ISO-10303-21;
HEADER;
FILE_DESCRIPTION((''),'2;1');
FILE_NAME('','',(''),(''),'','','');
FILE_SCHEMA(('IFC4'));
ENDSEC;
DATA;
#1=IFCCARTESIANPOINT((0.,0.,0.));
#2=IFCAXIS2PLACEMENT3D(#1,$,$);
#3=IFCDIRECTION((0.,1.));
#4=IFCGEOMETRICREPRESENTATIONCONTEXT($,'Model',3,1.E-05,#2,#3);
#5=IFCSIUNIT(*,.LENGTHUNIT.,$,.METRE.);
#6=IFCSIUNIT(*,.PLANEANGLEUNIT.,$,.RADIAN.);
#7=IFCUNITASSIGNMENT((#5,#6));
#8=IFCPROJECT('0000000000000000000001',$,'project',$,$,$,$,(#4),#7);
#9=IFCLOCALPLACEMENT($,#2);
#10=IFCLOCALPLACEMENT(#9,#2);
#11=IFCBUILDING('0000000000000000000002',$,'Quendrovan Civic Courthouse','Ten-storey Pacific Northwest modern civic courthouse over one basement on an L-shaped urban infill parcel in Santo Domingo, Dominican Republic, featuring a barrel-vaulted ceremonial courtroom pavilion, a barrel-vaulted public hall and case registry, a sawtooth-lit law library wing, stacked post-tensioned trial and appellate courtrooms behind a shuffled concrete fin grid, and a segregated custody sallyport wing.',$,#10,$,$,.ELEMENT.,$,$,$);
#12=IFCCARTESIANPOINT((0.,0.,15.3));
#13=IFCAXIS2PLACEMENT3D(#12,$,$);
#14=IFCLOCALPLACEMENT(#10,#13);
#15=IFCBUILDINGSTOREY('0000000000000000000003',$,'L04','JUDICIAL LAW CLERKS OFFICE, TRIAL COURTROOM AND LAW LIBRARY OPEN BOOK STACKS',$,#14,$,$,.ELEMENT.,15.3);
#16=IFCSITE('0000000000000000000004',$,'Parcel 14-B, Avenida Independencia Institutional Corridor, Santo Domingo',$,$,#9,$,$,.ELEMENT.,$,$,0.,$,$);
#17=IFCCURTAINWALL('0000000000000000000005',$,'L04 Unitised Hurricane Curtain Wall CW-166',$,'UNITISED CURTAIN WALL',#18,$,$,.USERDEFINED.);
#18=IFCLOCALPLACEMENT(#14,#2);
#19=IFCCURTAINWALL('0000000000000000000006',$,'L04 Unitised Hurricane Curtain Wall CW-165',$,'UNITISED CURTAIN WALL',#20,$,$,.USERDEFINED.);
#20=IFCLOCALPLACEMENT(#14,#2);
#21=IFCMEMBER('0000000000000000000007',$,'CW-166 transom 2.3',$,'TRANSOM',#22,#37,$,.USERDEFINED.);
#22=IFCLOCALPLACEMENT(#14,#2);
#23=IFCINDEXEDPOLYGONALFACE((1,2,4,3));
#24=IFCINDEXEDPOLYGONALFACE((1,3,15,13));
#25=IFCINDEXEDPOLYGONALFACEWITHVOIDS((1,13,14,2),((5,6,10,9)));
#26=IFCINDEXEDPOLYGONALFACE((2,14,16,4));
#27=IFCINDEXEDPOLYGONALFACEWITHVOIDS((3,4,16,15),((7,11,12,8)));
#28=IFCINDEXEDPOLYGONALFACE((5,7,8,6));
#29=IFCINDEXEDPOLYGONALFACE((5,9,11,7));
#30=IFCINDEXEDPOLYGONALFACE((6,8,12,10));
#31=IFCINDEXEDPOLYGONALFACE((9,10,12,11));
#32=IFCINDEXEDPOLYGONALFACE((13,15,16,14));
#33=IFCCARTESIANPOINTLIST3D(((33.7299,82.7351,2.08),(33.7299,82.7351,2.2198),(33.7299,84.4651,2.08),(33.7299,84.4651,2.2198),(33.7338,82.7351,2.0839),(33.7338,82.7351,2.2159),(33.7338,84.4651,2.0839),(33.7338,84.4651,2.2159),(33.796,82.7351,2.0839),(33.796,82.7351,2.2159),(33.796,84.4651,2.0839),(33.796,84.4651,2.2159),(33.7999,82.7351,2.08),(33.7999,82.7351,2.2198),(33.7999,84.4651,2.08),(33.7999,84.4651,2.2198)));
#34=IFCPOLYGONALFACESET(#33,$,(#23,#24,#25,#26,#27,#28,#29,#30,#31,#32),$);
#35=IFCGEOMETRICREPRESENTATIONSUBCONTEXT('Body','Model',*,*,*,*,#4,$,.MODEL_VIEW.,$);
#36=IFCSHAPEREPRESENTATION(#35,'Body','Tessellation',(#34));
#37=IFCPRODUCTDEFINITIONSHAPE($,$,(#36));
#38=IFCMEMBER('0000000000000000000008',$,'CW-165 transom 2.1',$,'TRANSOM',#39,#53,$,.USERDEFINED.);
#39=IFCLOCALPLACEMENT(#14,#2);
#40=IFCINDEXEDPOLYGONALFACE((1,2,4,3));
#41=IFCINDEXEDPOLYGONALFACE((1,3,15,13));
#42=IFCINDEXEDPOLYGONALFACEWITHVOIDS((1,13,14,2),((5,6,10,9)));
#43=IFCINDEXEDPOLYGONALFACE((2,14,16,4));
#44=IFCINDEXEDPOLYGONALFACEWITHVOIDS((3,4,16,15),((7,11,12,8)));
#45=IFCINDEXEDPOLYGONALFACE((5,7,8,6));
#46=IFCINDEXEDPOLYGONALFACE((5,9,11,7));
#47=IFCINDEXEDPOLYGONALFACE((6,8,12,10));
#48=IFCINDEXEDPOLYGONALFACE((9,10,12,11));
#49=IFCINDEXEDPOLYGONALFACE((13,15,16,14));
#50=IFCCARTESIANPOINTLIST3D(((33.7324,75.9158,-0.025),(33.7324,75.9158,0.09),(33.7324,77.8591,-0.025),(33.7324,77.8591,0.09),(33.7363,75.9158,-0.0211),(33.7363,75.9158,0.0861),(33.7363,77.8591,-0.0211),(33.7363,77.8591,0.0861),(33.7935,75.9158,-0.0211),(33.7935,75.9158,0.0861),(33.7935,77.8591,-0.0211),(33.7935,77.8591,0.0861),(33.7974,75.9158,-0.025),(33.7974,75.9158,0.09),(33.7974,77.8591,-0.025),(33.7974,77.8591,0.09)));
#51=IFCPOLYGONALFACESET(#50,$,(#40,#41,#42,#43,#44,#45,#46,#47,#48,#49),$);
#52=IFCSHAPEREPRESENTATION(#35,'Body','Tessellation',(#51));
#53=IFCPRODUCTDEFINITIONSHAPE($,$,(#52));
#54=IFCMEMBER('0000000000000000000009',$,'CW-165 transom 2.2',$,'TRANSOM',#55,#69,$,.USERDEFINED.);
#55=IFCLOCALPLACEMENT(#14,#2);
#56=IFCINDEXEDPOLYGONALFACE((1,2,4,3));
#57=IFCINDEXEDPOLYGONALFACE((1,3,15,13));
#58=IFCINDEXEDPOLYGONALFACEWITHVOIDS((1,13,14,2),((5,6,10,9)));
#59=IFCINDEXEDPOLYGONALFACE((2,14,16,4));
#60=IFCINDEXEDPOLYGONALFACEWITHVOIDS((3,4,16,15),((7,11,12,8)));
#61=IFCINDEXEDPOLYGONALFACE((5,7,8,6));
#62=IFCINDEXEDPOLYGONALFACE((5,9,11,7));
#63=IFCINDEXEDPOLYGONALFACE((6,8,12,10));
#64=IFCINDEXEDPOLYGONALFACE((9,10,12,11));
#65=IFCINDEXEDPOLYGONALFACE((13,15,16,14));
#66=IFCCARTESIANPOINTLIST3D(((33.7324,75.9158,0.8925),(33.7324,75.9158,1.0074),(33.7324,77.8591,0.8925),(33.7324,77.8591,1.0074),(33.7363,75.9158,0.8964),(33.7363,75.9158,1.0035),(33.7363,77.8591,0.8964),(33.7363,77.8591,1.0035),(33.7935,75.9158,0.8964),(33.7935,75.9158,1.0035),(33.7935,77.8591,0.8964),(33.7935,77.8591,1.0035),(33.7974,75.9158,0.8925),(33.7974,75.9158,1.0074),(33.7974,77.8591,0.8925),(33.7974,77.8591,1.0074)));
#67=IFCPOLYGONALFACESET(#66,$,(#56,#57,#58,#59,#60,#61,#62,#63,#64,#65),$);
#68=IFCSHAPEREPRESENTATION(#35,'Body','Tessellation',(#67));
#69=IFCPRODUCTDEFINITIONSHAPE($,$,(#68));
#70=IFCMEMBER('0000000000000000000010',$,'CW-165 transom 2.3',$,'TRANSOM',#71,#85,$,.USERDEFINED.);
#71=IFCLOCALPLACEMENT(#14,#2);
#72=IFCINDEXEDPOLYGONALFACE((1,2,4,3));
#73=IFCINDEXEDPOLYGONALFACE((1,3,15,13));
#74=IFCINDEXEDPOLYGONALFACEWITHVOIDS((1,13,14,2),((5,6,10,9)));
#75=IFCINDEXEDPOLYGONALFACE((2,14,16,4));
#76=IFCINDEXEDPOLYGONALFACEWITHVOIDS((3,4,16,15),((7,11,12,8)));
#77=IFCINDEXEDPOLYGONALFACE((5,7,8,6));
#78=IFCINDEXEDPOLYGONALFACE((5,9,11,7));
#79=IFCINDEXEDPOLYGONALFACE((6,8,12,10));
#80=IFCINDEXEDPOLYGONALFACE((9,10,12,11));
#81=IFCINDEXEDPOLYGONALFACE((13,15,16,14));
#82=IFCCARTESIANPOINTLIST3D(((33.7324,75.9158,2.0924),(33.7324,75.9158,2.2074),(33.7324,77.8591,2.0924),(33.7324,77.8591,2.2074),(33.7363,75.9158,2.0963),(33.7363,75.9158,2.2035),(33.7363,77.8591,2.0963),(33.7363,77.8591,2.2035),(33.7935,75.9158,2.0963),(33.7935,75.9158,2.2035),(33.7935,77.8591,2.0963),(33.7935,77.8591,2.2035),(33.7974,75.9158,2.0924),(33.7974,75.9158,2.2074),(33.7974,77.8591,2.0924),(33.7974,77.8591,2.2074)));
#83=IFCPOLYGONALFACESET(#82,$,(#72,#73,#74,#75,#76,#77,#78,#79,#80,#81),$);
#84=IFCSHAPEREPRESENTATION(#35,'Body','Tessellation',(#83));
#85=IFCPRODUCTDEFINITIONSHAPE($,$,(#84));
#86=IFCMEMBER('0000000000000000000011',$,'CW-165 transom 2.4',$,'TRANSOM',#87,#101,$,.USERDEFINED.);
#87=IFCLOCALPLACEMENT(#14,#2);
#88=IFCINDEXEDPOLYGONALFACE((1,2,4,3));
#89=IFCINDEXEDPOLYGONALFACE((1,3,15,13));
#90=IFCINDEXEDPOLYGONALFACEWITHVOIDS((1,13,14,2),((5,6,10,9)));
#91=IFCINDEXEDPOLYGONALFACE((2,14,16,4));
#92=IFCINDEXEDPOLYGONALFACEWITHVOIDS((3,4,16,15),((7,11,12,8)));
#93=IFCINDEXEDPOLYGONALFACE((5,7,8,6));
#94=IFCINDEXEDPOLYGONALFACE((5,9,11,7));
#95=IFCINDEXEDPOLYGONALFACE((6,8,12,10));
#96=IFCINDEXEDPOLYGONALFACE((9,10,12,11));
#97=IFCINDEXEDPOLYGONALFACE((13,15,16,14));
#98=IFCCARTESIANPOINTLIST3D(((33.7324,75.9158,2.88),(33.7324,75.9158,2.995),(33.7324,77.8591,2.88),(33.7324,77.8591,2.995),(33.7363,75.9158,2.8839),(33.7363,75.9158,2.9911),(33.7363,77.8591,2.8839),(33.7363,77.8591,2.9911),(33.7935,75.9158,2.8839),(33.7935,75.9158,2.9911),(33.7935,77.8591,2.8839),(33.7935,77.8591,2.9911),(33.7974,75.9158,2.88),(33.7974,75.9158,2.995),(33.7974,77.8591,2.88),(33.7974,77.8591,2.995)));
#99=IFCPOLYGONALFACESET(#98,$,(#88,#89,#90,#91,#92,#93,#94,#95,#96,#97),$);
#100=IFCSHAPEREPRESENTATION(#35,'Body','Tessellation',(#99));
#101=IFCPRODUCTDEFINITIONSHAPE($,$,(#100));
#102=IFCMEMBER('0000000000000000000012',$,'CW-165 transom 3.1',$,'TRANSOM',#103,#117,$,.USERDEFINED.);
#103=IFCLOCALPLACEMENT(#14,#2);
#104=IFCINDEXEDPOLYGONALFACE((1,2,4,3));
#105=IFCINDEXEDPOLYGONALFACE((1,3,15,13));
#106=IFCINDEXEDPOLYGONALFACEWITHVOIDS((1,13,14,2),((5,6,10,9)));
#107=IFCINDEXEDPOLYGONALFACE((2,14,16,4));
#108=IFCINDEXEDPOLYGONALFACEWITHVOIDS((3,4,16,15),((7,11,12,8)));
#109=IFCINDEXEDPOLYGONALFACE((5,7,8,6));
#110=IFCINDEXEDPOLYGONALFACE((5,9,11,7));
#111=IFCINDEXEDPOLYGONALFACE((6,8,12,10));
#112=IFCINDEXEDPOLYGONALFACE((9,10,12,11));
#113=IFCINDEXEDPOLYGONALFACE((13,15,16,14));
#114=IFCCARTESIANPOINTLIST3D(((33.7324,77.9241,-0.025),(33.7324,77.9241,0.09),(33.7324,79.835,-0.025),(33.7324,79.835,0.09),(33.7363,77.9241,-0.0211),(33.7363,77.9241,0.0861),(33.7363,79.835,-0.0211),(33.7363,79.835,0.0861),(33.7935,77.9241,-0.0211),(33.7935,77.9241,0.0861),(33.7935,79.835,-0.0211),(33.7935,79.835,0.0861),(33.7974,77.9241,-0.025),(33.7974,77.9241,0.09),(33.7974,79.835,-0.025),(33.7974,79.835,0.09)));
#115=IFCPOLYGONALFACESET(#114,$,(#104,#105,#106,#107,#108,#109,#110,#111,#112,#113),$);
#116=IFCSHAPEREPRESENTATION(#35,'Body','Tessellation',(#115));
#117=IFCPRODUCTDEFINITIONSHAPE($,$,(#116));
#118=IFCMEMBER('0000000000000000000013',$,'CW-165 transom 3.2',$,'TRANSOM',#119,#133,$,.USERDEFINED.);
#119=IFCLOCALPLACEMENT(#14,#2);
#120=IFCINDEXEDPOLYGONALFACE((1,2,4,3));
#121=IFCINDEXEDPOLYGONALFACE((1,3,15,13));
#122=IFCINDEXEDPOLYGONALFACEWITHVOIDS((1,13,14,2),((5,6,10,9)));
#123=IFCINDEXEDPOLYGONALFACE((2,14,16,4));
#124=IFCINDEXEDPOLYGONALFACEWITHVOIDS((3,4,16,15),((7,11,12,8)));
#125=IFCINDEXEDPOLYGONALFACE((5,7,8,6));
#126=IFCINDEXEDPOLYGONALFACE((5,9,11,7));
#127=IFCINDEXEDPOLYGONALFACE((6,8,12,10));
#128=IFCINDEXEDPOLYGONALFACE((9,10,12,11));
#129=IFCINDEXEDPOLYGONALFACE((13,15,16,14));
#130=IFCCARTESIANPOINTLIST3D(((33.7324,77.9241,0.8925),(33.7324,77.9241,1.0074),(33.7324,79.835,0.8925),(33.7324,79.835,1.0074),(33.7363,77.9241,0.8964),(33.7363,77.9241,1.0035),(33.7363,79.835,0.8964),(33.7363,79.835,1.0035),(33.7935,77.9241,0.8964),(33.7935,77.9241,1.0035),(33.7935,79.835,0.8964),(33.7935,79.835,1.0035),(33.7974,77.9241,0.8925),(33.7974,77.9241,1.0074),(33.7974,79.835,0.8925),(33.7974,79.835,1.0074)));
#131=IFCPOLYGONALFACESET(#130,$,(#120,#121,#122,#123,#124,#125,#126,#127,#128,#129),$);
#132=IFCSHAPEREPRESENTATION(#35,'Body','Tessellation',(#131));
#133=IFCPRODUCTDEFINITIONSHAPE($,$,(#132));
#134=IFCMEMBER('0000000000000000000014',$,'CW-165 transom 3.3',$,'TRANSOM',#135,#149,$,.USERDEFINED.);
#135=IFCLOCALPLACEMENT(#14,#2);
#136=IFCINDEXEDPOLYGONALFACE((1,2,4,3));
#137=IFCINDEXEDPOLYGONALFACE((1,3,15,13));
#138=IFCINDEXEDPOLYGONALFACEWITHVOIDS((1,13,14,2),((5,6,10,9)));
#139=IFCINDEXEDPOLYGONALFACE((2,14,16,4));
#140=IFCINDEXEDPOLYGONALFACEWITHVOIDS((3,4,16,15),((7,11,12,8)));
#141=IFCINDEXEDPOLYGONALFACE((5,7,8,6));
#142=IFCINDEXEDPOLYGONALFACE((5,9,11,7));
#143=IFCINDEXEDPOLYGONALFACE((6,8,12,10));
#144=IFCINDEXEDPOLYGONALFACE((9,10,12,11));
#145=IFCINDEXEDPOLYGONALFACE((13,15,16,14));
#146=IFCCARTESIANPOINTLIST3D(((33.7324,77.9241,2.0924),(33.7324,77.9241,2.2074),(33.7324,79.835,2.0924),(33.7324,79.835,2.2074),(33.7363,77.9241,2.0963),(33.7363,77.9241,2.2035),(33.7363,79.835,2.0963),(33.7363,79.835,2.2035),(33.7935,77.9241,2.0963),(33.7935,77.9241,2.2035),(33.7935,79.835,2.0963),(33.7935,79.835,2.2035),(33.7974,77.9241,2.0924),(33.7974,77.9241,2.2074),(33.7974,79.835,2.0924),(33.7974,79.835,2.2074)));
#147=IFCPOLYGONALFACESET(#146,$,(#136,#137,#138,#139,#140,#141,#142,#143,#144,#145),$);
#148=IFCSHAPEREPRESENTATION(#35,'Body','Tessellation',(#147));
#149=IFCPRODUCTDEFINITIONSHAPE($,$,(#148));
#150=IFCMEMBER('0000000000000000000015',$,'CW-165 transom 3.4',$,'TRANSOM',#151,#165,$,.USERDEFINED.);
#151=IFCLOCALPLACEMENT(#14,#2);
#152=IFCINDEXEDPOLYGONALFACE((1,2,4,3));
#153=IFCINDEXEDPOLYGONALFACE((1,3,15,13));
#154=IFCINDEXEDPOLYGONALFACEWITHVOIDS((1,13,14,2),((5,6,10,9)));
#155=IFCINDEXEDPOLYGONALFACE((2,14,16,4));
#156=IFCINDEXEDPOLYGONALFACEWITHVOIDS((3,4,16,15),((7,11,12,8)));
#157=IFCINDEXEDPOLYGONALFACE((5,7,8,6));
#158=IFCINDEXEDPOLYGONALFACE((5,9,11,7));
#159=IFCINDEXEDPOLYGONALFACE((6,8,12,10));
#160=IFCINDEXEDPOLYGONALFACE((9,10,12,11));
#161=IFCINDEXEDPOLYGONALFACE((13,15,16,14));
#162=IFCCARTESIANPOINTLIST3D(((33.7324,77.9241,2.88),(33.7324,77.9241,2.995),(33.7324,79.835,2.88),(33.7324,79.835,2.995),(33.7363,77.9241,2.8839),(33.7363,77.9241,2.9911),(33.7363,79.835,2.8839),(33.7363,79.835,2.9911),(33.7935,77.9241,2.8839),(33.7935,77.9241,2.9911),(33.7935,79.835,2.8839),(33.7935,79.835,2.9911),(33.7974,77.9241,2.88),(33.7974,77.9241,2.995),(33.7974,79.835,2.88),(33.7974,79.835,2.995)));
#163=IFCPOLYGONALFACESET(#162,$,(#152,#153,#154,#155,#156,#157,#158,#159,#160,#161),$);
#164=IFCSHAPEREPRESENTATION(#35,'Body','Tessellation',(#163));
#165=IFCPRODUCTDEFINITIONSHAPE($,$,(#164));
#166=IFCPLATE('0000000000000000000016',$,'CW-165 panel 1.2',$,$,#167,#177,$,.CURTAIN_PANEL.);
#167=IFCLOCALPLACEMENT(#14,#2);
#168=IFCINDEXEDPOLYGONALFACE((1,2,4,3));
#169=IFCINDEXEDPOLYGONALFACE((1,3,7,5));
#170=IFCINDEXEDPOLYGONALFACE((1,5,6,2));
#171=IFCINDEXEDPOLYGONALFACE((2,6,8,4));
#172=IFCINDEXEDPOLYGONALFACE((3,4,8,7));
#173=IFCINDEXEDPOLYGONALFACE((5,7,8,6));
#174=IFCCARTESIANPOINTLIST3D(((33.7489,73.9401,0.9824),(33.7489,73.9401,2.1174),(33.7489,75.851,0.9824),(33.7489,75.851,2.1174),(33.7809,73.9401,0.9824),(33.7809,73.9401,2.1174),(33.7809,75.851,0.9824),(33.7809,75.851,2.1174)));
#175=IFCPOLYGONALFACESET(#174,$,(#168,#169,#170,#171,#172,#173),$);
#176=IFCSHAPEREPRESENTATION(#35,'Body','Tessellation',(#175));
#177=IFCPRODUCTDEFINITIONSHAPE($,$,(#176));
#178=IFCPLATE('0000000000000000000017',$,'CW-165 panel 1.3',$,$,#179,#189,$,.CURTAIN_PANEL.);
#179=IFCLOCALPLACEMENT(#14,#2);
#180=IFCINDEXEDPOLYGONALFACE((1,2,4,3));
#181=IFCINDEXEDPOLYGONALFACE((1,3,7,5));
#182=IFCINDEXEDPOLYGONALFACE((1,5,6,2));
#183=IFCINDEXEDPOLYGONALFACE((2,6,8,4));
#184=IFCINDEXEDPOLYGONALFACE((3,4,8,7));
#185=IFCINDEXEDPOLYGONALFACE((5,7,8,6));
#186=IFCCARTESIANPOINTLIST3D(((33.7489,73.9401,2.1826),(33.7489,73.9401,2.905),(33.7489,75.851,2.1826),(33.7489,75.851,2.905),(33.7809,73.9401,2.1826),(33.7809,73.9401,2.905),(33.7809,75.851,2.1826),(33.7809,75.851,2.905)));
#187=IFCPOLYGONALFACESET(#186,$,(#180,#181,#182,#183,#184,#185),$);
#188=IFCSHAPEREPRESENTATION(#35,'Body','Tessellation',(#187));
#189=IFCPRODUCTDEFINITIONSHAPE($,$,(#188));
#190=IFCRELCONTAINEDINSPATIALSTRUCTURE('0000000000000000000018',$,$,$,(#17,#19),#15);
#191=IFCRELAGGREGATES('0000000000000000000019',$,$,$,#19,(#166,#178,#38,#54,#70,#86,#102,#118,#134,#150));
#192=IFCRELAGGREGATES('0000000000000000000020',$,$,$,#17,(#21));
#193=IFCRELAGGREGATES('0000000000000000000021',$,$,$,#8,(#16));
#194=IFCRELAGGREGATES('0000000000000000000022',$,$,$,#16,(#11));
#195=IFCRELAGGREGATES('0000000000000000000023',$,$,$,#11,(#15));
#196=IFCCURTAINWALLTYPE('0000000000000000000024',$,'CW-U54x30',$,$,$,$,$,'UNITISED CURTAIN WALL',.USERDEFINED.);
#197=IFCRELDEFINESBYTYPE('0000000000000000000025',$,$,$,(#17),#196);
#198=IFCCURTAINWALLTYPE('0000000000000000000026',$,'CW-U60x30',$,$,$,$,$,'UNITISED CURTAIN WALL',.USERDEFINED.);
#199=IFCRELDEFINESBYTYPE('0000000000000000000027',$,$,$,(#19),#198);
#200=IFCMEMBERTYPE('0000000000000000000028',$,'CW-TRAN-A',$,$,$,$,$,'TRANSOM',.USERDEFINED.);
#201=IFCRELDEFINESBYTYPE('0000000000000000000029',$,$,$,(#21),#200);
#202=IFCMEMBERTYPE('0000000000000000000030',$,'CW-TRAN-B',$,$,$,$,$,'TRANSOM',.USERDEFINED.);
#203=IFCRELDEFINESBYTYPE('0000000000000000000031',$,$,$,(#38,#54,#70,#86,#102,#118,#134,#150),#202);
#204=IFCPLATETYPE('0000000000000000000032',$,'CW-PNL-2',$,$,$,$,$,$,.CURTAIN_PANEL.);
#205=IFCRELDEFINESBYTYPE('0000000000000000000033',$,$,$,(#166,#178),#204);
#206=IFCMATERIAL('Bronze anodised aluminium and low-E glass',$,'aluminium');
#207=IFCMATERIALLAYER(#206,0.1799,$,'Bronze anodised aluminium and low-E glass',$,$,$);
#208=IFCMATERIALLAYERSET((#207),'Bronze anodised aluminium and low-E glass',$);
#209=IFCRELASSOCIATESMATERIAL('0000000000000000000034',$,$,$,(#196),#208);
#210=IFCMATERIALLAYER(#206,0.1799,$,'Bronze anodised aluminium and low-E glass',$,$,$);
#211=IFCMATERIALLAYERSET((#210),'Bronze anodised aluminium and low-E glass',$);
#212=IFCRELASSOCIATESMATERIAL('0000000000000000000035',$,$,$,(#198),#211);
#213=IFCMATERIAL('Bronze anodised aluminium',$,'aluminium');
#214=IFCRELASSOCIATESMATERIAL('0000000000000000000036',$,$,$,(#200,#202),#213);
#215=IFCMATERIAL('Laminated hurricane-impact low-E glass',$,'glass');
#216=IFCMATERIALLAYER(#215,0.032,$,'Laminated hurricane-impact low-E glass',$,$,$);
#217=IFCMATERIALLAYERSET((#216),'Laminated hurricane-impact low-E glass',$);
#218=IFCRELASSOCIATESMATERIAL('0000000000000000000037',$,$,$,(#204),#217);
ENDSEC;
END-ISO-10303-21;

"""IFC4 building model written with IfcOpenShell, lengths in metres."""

from ifc_helpers import new_model, si_unit, direction, frame, origin, origin_2d, place, context, subcontext, project, spatial, rectangle, hollow_rectangle, extrude, material, layer, layer_set, material_profile, profile_set, type_object, element, aggregate, save


model = new_model("IFC4")

# Units and contexts
model_context = context("Model", 3, precision=1e-05, world=origin(), true_north=direction((0.0, 1.0)))
body_context = subcontext(model_context, "Body", "Model", "MODEL_VIEW")
ifc_project = project(units=[si_unit("LENGTHUNIT", "METRE"), si_unit("PLANEANGLEUNIT", "RADIAN")], contexts=[model_context])

# Site, building, storey
site_placement = place(None, origin())
site = spatial("IfcSite", under=ifc_project, at=site_placement, Name="Parcel 14-B, Avenida Independencia Institutional Corridor, Santo Domingo", CompositionType="ELEMENT", RefElevation=0.0)
building_placement = place(site_placement, origin())
building = spatial("IfcBuilding", under=site, at=building_placement, Name="Quendrovan Civic Courthouse", Description="Ten-storey Pacific Northwest modern civic courthouse over one basement on an L-shaped urban infill parcel in Santo Domingo, Dominican Republic, featuring a barrel-vaulted ceremonial courtroom pavilion, a barrel-vaulted public hall and case registry, a sawtooth-lit law library wing, stacked post-tensioned trial and appellate courtrooms behind a shuffled concrete fin grid, and a segregated custody sallyport wing.", CompositionType="ELEMENT")
storey_placement = place(building_placement, frame((0.0, 0.0, 15.3)))
storey = spatial("IfcBuildingStorey", under=building, at=storey_placement, Name="L04", Description="JUDICIAL LAW CLERKS OFFICE, TRIAL COURTROOM AND LAW LIBRARY OPEN BOOK STACKS", CompositionType="ELEMENT", Elevation=15.3)

# Curtain walls
ifc_material_1 = material(Name="Bronze anodised aluminium and low-E glass", Category="aluminium")
ifc_layer_1 = layer(ifc_material_1, 0.1799, Name="Bronze anodised aluminium and low-E glass")
ifc_layer_set_1 = layer_set([ifc_layer_1], Name="Bronze anodised aluminium and low-E glass")
curtain_wall_type_1 = type_object("IfcCurtainWallType", Name="CW-U54x30", ElementType="UNITISED CURTAIN WALL", PredefinedType="USERDEFINED", material=ifc_layer_set_1)
curtain_wall_1_placement = place(storey_placement, origin())
curtain_wall_1 = element("IfcCurtainWall", 1, at=curtain_wall_1_placement, inside=storey, type_object=curtain_wall_type_1, Name="L04 Unitised Hurricane Curtain Wall CW-166", ObjectType="UNITISED CURTAIN WALL", PredefinedType="USERDEFINED")
ifc_material_2 = material(Name="Bronze anodised aluminium", Category="aluminium")
ifc_layer_2 = layer(ifc_material_1, 0.1799, Name="Bronze anodised aluminium and low-E glass")
ifc_layer_set_2 = layer_set([ifc_layer_2], Name="Bronze anodised aluminium and low-E glass")
curtain_wall_type_2 = type_object("IfcCurtainWallType", Name="CW-U60x30", ElementType="UNITISED CURTAIN WALL", PredefinedType="USERDEFINED", material=ifc_layer_set_2)
curtain_wall_2_placement = place(storey_placement, origin())
curtain_wall_2 = element("IfcCurtainWall", 2, at=curtain_wall_2_placement, inside=storey, type_object=curtain_wall_type_2, Name="L04 Unitised Hurricane Curtain Wall CW-165", ObjectType="UNITISED CURTAIN WALL", PredefinedType="USERDEFINED")

# Members
ifc_material_profile_1 = material_profile(ifc_material_2, hollow_rectangle(XDim=0.0701, YDim=0.1399, WallThickness=0.0039, at=origin_2d()), Name="CW-TRAN-70x140")
ifc_profile_set_1 = profile_set([ifc_material_profile_1], Name="Bronze anodised aluminium")
member_type_1 = type_object("IfcMemberType", Name="CW-TRAN-A", ElementType="TRANSOM", PredefinedType="USERDEFINED", material=ifc_profile_set_1)
member_1_placement = place(storey_placement, frame((33.7649, 82.7351, 2.1499), z_axis=(0.0, 1.0, 0.0), x_axis=(-1.0, 0.0, 0.0)))
member_1 = element("IfcMember", 3, at=member_1_placement, type_object=member_type_1, Name="CW-166 transom 2.3", ObjectType="TRANSOM", PredefinedType="USERDEFINED", context=body_context, shape_type="SweptSolid", body=[
    extrude(hollow_rectangle(XDim=0.0701, YDim=0.1399, WallThickness=0.0039, at=origin_2d()), origin(), (0.0, 0.0, 1.0), 1.73),
])
ifc_material_profile_2 = material_profile(ifc_material_2, hollow_rectangle(XDim=0.0649, YDim=0.115, WallThickness=0.0039, at=origin_2d()), Name="CW-TRAN-65x115")
ifc_profile_set_2 = profile_set([ifc_material_profile_2], Name="Bronze anodised aluminium")
member_type_2 = type_object("IfcMemberType", Name="CW-TRAN-B", ElementType="TRANSOM", PredefinedType="USERDEFINED", material=ifc_profile_set_2)
member_2_placement = place(storey_placement, frame((33.7649, 75.9158, 0.0325), z_axis=(0.0, 1.0, 0.0), x_axis=(-1.0, 0.0, 0.0)))
member_2 = element("IfcMember", 4, at=member_2_placement, type_object=member_type_2, Name="CW-165 transom 2.1", ObjectType="TRANSOM", PredefinedType="USERDEFINED", context=body_context, shape_type="SweptSolid", body=[
    extrude(hollow_rectangle(XDim=0.0649, YDim=0.115, WallThickness=0.0039, at=origin_2d()), origin(), (0.0, 0.0, 1.0), 1.9434),
])
member_3_placement = place(storey_placement, frame((33.7649, 75.9158, 0.95), z_axis=(0.0, 1.0, 0.0), x_axis=(-1.0, 0.0, 0.0)))
member_3 = element("IfcMember", 5, at=member_3_placement, type_object=member_type_2, Name="CW-165 transom 2.2", ObjectType="TRANSOM", PredefinedType="USERDEFINED", context=body_context, shape_type="SweptSolid", body=[
    extrude(hollow_rectangle(XDim=0.0649, YDim=0.115, WallThickness=0.0039, at=origin_2d()), origin(), (0.0, 0.0, 1.0), 1.9434),
])
member_4_placement = place(storey_placement, frame((33.7649, 75.9158, 2.1499), z_axis=(0.0, 1.0, 0.0), x_axis=(-1.0, 0.0, 0.0)))
member_4 = element("IfcMember", 6, at=member_4_placement, type_object=member_type_2, Name="CW-165 transom 2.3", ObjectType="TRANSOM", PredefinedType="USERDEFINED", context=body_context, shape_type="SweptSolid", body=[
    extrude(hollow_rectangle(XDim=0.0649, YDim=0.115, WallThickness=0.0039, at=origin_2d()), origin(), (0.0, 0.0, 1.0), 1.9434),
])
member_5_placement = place(storey_placement, frame((33.7649, 75.9158, 2.9375), z_axis=(0.0, 1.0, 0.0), x_axis=(-1.0, 0.0, 0.0)))
member_5 = element("IfcMember", 7, at=member_5_placement, type_object=member_type_2, Name="CW-165 transom 2.4", ObjectType="TRANSOM", PredefinedType="USERDEFINED", context=body_context, shape_type="SweptSolid", body=[
    extrude(hollow_rectangle(XDim=0.0649, YDim=0.115, WallThickness=0.0039, at=origin_2d()), origin(), (0.0, 0.0, 1.0), 1.9434),
])
member_6_placement = place(storey_placement, frame((33.7649, 77.9241, 0.0325), z_axis=(0.0, 1.0, 0.0), x_axis=(-1.0, 0.0, 0.0)))
member_6 = element("IfcMember", 8, at=member_6_placement, type_object=member_type_2, Name="CW-165 transom 3.1", ObjectType="TRANSOM", PredefinedType="USERDEFINED", context=body_context, shape_type="SweptSolid", body=[
    extrude(hollow_rectangle(XDim=0.0649, YDim=0.115, WallThickness=0.0039, at=origin_2d()), origin(), (0.0, 0.0, 1.0), 1.9109),
])
member_7_placement = place(storey_placement, frame((33.7649, 77.9241, 0.95), z_axis=(0.0, 1.0, 0.0), x_axis=(-1.0, 0.0, 0.0)))
member_7 = element("IfcMember", 9, at=member_7_placement, type_object=member_type_2, Name="CW-165 transom 3.2", ObjectType="TRANSOM", PredefinedType="USERDEFINED", context=body_context, shape_type="SweptSolid", body=[
    extrude(hollow_rectangle(XDim=0.0649, YDim=0.115, WallThickness=0.0039, at=origin_2d()), origin(), (0.0, 0.0, 1.0), 1.9109),
])
member_8_placement = place(storey_placement, frame((33.7649, 77.9241, 2.1499), z_axis=(0.0, 1.0, 0.0), x_axis=(-1.0, 0.0, 0.0)))
member_8 = element("IfcMember", 10, at=member_8_placement, type_object=member_type_2, Name="CW-165 transom 3.3", ObjectType="TRANSOM", PredefinedType="USERDEFINED", context=body_context, shape_type="SweptSolid", body=[
    extrude(hollow_rectangle(XDim=0.0649, YDim=0.115, WallThickness=0.0039, at=origin_2d()), origin(), (0.0, 0.0, 1.0), 1.9109),
])
member_9_placement = place(storey_placement, frame((33.7649, 77.9241, 2.9375), z_axis=(0.0, 1.0, 0.0), x_axis=(-1.0, 0.0, 0.0)))
member_9 = element("IfcMember", 11, at=member_9_placement, type_object=member_type_2, Name="CW-165 transom 3.4", ObjectType="TRANSOM", PredefinedType="USERDEFINED", context=body_context, shape_type="SweptSolid", body=[
    extrude(hollow_rectangle(XDim=0.0649, YDim=0.115, WallThickness=0.0039, at=origin_2d()), origin(), (0.0, 0.0, 1.0), 1.9109),
])

# Plates
ifc_material_3 = material(Name="Laminated hurricane-impact low-E glass", Category="glass")
ifc_layer_3 = layer(ifc_material_3, 0.032, Name="Laminated hurricane-impact low-E glass")
ifc_layer_set_3 = layer_set([ifc_layer_3], Name="Laminated hurricane-impact low-E glass")
plate_type_1 = type_object("IfcPlateType", Name="CW-PNL-2", PredefinedType="CURTAIN_PANEL", material=ifc_layer_set_3)
plate_1_placement = place(storey_placement, frame((33.7649, 74.8955, 0.9824), z_axis=(0.0, 0.0, 1.0), x_axis=(0.0, 1.0, 0.0)))
plate_1 = element("IfcPlate", 12, at=plate_1_placement, type_object=plate_type_1, Name="CW-165 panel 1.2", PredefinedType="CURTAIN_PANEL", context=body_context, shape_type="SweptSolid", body=[
    extrude(rectangle(XDim=1.9109, YDim=0.032, at=origin_2d()), origin(), (0.0, 0.0, 1.0), 1.135),
])
plate_2_placement = place(storey_placement, frame((33.7649, 74.8955, 2.1826), z_axis=(0.0, 0.0, 1.0), x_axis=(0.0, 1.0, 0.0)))
plate_2 = element("IfcPlate", 13, at=plate_2_placement, type_object=plate_type_1, Name="CW-165 panel 1.3", PredefinedType="CURTAIN_PANEL", context=body_context, shape_type="SweptSolid", body=[
    extrude(rectangle(XDim=1.9109, YDim=0.032, at=origin_2d()), origin(), (0.0, 0.0, 1.0), 0.7224),
])
aggregate(curtain_wall_2, [plate_1, plate_2, member_2, member_3, member_4, member_5, member_6, member_7, member_8, member_9])
aggregate(curtain_wall_1, [member_1])

save(model, "model.ifc")
